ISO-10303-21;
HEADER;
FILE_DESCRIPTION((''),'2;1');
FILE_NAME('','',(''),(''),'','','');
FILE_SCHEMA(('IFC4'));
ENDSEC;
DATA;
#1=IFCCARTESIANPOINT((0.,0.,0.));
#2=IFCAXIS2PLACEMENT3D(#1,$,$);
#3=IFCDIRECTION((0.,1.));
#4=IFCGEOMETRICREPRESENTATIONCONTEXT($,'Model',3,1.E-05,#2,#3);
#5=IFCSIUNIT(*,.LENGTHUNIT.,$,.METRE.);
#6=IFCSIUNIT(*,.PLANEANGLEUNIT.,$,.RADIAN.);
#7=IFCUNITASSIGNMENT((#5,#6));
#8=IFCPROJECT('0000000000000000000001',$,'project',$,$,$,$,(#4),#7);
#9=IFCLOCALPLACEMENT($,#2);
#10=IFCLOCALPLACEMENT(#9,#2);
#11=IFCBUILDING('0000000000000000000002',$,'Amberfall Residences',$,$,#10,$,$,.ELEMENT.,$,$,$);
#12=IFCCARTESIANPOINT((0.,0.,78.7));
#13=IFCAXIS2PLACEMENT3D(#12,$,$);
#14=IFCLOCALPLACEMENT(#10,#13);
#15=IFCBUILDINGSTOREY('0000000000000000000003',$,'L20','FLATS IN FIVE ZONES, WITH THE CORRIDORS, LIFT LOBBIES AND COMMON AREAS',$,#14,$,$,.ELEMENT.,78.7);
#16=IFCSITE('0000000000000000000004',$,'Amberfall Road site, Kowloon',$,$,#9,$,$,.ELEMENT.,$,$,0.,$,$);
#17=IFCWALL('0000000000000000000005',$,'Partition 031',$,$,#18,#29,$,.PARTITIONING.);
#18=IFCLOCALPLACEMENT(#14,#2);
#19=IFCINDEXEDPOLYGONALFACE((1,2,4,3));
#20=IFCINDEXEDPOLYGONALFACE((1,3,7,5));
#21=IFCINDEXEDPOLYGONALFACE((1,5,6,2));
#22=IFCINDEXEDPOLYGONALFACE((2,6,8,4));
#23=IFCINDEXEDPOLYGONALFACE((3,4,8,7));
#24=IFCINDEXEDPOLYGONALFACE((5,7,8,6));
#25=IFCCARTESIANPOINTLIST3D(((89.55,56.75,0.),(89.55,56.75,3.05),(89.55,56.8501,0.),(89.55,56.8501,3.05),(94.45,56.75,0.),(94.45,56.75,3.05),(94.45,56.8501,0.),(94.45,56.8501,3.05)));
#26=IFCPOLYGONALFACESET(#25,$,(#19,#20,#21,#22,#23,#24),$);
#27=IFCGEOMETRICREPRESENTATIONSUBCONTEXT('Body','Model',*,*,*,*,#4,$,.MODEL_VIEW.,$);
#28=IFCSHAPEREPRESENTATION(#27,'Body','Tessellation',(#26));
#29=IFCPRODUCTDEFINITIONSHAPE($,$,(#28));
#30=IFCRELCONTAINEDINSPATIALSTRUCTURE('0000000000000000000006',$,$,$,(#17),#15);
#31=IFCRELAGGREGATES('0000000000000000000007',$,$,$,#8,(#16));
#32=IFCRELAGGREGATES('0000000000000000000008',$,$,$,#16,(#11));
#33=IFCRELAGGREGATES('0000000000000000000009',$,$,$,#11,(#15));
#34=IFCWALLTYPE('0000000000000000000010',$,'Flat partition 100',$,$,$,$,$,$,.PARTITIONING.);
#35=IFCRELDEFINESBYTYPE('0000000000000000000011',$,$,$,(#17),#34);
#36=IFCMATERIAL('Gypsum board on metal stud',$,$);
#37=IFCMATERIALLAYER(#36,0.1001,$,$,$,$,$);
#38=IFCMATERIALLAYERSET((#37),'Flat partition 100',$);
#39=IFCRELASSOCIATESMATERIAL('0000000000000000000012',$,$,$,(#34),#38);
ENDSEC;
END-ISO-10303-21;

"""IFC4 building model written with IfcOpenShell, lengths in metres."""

from ifc_helpers import new_model, si_unit, direction, frame, frame_2d, origin, place, context, subcontext, project, spatial, rectangle, extrude, material, layer, layer_set, type_object, element, save


model = new_model("IFC4")

# Units and contexts
model_context = context("Model", 3, precision=1e-05, world=origin(), true_north=direction((0.0, 1.0)))
body_context = subcontext(model_context, "Body", "Model", "MODEL_VIEW")
ifc_project = project(units=[si_unit("LENGTHUNIT", "METRE"), si_unit("PLANEANGLEUNIT", "RADIAN")], contexts=[model_context])

# Site, building, storey
site_placement = place(None, origin())
site = spatial("IfcSite", under=ifc_project, at=site_placement, Name="Amberfall Road site, Kowloon", CompositionType="ELEMENT", RefElevation=0.0)
building_placement = place(site_placement, origin())
building = spatial("IfcBuilding", under=site, at=building_placement, Name="Amberfall Residences", CompositionType="ELEMENT")
storey_placement = place(building_placement, frame((0.0, 0.0, 78.7)))
storey = spatial("IfcBuildingStorey", under=building, at=storey_placement, Name="L20", Description="FLATS IN FIVE ZONES, WITH THE CORRIDORS, LIFT LOBBIES AND COMMON AREAS", CompositionType="ELEMENT", Elevation=78.7)

# Wall
ifc_material_1 = material(Name="Gypsum board on metal stud")
ifc_layer_1 = layer(ifc_material_1, 0.1001)
ifc_layer_set_1 = layer_set([ifc_layer_1], Name="Flat partition 100")
wall_type_1 = type_object("IfcWallType", Name="Flat partition 100", PredefinedType="PARTITIONING", material=ifc_layer_set_1)
wall_1_placement = place(storey_placement, frame((89.55, 56.8, 0.0), z_axis=(0.0, 0.0, 1.0), x_axis=(1.0, 0.0, 0.0)))
element("IfcWall", 1, at=wall_1_placement, inside=storey, type_object=wall_type_1, Name="Partition 031", PredefinedType="PARTITIONING", context=body_context, shape_type="SweptSolid", body=[
    extrude(rectangle(XDim=4.8999, YDim=0.1001, at=frame_2d((2.45, 0.0))), origin(), (0.0, 0.0, 1.0), 3.05),
])

save(model, "model.ifc")
